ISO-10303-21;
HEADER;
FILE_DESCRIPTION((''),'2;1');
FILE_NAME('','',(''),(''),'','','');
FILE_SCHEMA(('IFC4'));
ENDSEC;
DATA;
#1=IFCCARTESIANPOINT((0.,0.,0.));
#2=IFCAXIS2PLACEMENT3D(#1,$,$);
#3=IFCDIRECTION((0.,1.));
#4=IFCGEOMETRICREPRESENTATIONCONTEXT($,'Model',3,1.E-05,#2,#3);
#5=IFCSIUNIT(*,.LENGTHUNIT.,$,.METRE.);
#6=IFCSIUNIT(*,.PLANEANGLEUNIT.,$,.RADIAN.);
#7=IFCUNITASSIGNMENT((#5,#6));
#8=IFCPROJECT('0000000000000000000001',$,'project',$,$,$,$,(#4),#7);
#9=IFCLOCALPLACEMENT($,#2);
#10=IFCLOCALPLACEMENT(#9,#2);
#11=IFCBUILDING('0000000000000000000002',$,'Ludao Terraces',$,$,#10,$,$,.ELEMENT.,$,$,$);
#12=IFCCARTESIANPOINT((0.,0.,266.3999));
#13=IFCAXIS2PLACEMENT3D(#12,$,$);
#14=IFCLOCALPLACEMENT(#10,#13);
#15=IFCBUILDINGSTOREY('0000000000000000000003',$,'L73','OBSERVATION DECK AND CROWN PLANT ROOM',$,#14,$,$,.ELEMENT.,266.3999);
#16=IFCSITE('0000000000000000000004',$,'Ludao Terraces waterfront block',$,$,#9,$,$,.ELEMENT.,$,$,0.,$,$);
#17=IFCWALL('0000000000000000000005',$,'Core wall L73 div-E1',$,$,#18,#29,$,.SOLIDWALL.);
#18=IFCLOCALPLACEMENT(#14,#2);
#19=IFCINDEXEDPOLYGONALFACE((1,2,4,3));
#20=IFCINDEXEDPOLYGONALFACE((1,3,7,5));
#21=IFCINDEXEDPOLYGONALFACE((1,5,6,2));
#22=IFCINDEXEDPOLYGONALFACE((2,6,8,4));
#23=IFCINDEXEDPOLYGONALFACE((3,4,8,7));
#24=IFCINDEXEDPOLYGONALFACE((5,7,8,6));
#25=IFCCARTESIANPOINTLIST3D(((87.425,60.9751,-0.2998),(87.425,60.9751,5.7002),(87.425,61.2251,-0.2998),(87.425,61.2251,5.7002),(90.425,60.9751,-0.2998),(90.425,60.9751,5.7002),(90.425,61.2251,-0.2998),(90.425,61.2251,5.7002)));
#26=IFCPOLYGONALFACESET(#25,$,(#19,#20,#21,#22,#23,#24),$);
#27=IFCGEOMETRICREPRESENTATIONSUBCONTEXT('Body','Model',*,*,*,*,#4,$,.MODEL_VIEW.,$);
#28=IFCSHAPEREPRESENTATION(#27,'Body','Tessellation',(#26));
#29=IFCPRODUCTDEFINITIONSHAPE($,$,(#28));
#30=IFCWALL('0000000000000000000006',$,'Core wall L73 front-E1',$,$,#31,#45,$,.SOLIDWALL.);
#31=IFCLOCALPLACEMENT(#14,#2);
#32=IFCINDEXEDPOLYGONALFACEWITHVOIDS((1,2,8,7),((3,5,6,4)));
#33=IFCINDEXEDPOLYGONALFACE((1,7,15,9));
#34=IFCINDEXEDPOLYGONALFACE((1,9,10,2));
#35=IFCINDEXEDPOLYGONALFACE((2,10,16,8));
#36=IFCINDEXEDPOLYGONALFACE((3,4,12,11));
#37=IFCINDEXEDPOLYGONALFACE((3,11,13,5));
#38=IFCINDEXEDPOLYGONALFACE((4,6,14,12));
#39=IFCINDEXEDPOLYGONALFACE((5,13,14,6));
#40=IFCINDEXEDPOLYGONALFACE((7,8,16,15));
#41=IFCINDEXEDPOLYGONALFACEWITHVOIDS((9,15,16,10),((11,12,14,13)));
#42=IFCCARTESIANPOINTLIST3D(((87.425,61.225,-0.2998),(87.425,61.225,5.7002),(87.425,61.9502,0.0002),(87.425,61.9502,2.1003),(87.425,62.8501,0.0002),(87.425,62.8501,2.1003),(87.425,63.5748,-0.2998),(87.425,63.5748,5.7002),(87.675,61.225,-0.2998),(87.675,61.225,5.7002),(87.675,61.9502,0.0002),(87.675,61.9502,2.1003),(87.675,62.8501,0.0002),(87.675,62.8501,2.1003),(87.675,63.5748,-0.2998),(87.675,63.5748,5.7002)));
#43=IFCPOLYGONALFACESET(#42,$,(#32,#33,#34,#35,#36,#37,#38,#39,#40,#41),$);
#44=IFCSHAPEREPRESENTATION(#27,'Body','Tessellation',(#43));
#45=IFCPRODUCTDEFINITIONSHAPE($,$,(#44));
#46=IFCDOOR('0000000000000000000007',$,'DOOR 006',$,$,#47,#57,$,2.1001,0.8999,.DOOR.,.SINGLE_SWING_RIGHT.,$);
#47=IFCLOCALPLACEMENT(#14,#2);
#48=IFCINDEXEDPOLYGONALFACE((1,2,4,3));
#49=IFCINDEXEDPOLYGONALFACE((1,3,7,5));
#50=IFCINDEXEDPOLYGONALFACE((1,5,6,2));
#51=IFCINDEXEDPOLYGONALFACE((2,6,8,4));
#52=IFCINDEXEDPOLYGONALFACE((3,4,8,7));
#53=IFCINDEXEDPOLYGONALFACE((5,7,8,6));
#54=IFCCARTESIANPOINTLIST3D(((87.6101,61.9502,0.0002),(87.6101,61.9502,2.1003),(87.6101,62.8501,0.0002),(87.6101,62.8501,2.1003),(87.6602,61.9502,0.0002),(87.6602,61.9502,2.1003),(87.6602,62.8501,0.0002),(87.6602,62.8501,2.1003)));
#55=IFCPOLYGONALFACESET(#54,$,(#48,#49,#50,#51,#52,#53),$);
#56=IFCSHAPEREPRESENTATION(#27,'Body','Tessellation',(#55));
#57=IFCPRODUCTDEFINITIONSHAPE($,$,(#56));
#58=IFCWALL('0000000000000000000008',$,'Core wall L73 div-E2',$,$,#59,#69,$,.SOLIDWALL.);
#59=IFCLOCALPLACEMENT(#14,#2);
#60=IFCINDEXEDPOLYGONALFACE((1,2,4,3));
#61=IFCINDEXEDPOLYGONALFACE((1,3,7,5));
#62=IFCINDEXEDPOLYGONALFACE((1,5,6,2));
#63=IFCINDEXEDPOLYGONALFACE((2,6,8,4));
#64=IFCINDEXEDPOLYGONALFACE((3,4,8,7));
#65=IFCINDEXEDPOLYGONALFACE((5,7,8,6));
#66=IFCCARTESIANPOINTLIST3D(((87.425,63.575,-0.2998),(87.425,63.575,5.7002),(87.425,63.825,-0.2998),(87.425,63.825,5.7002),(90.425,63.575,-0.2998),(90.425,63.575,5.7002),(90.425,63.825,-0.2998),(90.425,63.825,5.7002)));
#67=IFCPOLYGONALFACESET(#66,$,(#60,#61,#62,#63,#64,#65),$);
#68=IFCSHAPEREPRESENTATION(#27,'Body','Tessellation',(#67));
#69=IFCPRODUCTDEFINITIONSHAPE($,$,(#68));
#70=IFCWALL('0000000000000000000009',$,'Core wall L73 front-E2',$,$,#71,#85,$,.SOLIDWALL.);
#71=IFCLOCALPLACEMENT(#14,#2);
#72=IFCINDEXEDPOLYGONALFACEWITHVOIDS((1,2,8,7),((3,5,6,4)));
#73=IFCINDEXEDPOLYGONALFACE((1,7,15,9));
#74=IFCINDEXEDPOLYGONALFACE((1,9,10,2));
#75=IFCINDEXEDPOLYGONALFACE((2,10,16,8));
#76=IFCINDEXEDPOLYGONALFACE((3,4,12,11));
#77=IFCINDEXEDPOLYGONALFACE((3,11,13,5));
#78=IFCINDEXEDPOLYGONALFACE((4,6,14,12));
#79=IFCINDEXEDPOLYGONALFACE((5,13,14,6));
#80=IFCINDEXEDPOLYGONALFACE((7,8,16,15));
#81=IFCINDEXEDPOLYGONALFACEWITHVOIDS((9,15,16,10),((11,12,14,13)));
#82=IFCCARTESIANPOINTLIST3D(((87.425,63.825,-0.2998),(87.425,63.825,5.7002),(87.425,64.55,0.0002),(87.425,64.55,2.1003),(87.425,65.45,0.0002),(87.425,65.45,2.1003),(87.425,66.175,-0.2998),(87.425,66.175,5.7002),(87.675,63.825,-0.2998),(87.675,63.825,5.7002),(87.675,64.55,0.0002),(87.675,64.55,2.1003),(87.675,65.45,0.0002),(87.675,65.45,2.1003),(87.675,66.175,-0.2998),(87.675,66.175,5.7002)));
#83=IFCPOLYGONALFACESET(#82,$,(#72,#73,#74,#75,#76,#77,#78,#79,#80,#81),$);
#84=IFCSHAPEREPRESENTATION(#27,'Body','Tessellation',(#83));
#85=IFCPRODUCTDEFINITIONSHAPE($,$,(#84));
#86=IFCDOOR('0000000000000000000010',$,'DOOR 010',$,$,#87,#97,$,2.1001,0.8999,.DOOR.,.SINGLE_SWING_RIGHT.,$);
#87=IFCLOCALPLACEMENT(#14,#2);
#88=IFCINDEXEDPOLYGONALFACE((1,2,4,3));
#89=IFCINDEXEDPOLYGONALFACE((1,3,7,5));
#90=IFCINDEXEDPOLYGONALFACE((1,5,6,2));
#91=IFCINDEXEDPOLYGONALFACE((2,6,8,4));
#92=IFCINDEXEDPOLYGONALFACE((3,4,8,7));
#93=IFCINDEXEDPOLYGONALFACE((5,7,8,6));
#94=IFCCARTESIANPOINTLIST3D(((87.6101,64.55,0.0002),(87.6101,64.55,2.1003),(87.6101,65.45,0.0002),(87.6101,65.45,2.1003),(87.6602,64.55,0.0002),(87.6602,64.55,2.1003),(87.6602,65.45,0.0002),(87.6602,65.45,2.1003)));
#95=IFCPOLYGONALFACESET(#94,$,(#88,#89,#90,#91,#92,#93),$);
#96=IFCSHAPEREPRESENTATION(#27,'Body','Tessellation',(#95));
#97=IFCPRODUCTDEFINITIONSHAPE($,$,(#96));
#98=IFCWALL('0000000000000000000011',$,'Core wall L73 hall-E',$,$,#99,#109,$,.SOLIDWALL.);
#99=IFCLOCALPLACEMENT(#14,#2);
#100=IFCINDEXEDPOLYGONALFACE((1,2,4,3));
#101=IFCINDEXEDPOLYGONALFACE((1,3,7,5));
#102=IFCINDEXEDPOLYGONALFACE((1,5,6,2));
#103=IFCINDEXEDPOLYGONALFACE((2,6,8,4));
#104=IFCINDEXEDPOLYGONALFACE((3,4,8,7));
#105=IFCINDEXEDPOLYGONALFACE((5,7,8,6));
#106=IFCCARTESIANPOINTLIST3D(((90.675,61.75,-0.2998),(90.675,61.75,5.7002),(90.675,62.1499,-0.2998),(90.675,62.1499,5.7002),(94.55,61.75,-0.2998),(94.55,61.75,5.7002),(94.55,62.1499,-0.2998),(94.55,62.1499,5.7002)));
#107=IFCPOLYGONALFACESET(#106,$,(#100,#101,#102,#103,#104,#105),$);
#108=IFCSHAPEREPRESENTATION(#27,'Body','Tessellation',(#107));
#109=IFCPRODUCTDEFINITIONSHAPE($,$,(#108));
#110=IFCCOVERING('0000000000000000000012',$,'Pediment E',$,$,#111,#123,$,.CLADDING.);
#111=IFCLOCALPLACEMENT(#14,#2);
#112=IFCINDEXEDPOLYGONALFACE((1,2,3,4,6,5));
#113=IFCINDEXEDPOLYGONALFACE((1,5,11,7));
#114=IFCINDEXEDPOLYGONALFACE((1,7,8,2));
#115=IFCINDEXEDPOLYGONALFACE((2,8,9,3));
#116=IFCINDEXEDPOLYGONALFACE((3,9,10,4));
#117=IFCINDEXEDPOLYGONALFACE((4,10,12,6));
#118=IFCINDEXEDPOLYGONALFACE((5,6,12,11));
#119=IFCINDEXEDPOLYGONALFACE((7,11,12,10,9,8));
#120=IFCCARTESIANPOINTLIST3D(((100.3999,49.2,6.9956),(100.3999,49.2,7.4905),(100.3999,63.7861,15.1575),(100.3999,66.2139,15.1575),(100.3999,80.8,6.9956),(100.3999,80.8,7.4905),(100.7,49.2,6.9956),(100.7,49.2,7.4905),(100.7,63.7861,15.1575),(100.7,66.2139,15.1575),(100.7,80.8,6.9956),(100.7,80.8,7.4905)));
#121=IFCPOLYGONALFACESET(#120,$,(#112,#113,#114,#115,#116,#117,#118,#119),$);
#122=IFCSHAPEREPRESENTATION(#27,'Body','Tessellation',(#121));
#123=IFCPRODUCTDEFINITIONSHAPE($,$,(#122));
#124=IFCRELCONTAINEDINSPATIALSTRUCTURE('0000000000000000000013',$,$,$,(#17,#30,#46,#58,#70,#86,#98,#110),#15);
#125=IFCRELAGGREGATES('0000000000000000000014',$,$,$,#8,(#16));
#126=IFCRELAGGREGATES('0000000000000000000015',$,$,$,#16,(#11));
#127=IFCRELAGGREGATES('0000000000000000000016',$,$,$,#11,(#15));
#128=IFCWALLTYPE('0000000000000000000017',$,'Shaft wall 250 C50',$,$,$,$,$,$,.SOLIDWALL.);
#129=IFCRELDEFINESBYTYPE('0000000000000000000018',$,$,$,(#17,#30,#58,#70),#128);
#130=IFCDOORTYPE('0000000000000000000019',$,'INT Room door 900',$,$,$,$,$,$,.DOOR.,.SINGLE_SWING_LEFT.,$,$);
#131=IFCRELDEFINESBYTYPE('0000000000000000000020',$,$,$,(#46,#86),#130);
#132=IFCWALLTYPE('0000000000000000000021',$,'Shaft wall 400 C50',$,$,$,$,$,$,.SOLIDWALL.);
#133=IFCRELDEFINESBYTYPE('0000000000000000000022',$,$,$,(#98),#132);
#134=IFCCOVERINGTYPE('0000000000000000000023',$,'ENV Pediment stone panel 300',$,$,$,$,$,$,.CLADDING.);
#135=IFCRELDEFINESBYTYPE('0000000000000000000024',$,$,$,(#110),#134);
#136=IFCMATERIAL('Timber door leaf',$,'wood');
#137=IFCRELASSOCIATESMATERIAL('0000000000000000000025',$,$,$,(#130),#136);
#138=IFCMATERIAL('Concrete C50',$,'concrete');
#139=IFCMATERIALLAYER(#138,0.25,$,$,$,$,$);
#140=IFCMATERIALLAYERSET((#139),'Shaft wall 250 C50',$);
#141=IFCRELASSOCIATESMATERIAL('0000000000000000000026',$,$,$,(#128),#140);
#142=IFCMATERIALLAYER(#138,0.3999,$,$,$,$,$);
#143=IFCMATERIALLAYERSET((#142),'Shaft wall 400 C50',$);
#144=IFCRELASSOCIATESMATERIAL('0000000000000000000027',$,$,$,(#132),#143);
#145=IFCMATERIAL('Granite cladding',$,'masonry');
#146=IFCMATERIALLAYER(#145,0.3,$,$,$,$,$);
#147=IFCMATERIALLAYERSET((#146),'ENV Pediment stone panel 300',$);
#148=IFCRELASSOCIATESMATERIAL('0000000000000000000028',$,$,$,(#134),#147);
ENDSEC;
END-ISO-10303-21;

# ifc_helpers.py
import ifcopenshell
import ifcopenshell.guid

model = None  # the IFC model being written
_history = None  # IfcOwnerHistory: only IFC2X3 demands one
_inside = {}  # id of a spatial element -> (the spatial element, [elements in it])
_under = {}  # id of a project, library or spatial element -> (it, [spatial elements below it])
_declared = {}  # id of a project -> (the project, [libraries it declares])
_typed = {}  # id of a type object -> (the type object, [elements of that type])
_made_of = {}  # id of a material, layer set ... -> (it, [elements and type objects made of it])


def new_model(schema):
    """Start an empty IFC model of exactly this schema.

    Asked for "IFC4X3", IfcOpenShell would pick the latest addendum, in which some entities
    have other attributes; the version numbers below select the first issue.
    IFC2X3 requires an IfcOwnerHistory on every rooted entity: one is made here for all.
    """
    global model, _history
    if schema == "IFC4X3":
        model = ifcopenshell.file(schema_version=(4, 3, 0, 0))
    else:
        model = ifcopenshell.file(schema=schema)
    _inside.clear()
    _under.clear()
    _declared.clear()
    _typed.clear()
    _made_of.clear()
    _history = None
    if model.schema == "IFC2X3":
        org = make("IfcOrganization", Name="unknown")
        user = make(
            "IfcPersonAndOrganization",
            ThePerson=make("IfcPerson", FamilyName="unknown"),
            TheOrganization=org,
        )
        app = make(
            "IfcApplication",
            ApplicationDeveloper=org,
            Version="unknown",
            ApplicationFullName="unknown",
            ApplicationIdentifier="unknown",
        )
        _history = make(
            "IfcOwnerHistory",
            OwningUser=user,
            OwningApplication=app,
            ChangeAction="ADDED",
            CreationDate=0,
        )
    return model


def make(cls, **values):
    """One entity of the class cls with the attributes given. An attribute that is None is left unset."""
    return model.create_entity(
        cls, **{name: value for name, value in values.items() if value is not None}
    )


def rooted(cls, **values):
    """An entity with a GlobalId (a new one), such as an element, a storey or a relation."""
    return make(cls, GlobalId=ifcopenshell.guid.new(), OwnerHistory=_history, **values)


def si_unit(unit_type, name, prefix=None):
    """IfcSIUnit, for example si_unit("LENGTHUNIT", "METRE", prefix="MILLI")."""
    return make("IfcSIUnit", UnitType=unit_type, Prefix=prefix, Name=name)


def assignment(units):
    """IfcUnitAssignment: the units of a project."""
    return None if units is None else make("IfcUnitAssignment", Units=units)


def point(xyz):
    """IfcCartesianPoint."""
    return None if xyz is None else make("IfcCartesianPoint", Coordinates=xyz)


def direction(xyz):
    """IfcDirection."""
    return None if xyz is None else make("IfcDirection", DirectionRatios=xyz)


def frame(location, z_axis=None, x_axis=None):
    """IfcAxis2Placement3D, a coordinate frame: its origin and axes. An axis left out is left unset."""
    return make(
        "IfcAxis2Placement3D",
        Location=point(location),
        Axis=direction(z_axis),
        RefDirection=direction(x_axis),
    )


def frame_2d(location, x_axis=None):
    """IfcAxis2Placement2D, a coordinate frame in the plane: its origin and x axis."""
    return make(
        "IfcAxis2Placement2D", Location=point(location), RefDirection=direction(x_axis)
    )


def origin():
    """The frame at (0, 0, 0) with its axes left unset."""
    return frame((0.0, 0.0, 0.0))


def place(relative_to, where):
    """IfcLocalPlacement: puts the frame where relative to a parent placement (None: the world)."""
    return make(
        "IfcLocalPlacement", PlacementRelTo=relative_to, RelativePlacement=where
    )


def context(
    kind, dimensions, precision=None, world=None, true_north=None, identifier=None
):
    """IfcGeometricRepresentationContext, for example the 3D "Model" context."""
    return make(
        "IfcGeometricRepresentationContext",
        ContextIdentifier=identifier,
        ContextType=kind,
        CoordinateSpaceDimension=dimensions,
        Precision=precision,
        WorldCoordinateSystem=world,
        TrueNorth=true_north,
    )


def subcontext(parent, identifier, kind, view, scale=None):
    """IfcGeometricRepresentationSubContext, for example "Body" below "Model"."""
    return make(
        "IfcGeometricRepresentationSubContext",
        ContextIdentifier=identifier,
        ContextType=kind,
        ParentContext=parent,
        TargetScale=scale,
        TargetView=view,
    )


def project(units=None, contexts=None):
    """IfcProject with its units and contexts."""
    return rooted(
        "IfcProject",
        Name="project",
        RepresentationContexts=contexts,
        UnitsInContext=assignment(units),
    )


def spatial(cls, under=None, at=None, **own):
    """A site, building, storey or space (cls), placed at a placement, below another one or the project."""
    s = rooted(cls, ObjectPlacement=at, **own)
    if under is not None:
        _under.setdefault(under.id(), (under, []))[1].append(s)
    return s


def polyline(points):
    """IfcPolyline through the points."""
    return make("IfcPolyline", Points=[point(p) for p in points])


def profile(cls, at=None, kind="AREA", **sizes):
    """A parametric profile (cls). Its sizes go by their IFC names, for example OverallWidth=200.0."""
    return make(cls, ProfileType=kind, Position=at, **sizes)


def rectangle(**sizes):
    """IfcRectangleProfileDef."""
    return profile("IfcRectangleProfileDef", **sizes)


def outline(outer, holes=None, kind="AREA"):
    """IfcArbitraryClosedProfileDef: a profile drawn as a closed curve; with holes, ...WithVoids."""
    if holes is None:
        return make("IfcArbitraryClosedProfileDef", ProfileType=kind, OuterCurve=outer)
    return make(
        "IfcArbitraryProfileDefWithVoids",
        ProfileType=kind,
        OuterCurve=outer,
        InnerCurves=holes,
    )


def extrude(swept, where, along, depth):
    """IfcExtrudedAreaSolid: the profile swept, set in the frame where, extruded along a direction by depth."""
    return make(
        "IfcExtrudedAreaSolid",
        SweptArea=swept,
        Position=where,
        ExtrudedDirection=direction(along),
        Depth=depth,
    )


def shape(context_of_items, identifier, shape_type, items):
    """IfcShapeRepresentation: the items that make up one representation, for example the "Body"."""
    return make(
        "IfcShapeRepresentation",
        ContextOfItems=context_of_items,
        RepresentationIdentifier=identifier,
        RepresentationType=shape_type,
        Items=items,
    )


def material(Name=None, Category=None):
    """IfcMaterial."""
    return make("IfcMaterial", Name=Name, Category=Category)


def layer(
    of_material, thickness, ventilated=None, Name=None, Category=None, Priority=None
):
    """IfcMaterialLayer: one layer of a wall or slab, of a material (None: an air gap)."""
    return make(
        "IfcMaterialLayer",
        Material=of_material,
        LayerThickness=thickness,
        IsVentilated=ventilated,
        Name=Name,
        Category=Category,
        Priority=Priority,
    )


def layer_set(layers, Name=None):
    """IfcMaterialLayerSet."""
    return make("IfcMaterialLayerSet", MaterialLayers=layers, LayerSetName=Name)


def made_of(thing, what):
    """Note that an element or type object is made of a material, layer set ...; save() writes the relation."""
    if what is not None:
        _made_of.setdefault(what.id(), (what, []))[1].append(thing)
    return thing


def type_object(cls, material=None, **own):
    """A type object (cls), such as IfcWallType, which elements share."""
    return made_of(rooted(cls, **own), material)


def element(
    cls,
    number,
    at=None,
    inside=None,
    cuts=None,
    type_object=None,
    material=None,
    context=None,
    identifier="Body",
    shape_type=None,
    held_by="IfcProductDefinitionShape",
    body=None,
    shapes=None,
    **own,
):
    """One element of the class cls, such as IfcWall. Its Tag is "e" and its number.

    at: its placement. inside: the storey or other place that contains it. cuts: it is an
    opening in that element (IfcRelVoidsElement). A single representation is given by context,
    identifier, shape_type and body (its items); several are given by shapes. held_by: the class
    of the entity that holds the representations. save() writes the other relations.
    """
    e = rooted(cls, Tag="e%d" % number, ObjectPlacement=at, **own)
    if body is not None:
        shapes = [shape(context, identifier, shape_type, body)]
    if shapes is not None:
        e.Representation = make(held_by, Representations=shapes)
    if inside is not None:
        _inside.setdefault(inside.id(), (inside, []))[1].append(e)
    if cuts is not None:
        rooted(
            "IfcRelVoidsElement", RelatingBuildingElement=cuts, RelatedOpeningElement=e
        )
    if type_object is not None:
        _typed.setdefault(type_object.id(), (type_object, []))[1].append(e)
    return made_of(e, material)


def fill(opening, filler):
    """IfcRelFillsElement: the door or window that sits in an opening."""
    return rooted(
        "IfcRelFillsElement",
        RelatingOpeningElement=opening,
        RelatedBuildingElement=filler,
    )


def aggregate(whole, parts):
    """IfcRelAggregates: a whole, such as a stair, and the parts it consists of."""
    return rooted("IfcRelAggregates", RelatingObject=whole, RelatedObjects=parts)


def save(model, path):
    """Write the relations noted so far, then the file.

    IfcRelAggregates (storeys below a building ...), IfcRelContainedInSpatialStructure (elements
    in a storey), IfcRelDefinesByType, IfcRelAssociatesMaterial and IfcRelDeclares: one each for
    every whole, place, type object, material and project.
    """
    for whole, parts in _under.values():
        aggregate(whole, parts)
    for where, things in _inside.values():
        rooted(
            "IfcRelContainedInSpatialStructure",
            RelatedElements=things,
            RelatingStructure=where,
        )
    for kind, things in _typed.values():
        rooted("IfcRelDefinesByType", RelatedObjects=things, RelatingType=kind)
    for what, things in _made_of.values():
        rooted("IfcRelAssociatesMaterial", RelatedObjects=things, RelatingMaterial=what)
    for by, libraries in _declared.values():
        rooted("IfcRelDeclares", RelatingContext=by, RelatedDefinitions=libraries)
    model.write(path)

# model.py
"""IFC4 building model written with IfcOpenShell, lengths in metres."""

from ifc_helpers import new_model, si_unit, direction, frame, frame_2d, origin, place, context, subcontext, project, spatial, polyline, rectangle, outline, extrude, material, layer, layer_set, type_object, element, fill, save


model = new_model("IFC4")

# Units and contexts
model_context = context("Model", 3, precision=1e-05, world=origin(), true_north=direction((0.0, 1.0)))
body_context = subcontext(model_context, "Body", "Model", "MODEL_VIEW")
ifc_project = project(units=[si_unit("LENGTHUNIT", "METRE"), si_unit("PLANEANGLEUNIT", "RADIAN")], contexts=[model_context])

# Site, building, storey
site_placement = place(None, origin())
site = spatial("IfcSite", under=ifc_project, at=site_placement, Name="Ludao Terraces waterfront block", CompositionType="ELEMENT", RefElevation=0.0)
building_placement = place(site_placement, origin())
building = spatial("IfcBuilding", under=site, at=building_placement, Name="Ludao Terraces", CompositionType="ELEMENT")
storey_placement = place(building_placement, frame((0.0, 0.0, 266.3999)))
storey = spatial("IfcBuildingStorey", under=building, at=storey_placement, Name="L73", Description="OBSERVATION DECK AND CROWN PLANT ROOM", CompositionType="ELEMENT", Elevation=266.3999)

# Shared definitions
ifc_material_1 = material(Name="Concrete C50", Category="concrete")

# Shared definitions
ifc_material_2 = material(Name="Timber door leaf", Category="wood")
door_type_1 = type_object("IfcDoorType", Name="INT Room door 900", OperationType="SINGLE_SWING_LEFT", PredefinedType="DOOR", material=ifc_material_2)

# Shared definitions
ifc_layer_1 = layer(ifc_material_1, 0.25)
ifc_layer_set_1 = layer_set([ifc_layer_1], Name="Shaft wall 250 C50")
wall_type_1 = type_object("IfcWallType", Name="Shaft wall 250 C50", PredefinedType="SOLIDWALL", material=ifc_layer_set_1)

# Wall
wall_1_placement = place(storey_placement, frame((87.425, 61.1001, -0.2998), z_axis=(0.0, 0.0, 1.0), x_axis=(1.0, 0.0, 0.0)))
element("IfcWall", 1, at=wall_1_placement, inside=storey, type_object=wall_type_1, Name="Core wall L73 div-E1", PredefinedType="SOLIDWALL", context=body_context, shape_type="SweptSolid", body=[
    extrude(rectangle(XDim=3.0, YDim=0.25, at=frame_2d((1.5, 0.0))), origin(), (0.0, 0.0, 1.0), 6.0),
])

# Wall, opening, door
wall_2_placement = place(storey_placement, frame((87.55, 61.2251, -0.2998), z_axis=(0.0, 0.0, 1.0), x_axis=(0.0, 1.0, 0.0)))
wall_2 = element("IfcWall", 2, at=wall_2_placement, inside=storey, type_object=wall_type_1, Name="Core wall L73 front-E1", PredefinedType="SOLIDWALL", context=body_context, shape_type="SweptSolid", body=[
    extrude(rectangle(XDim=2.3499, YDim=0.25, at=frame_2d((1.1748, 0.0))), origin(), (0.0, 0.0, 1.0), 6.0),
])
opening_1_placement = place(wall_2_placement, frame((0.7251, 0.0, 0.3)))
opening_1 = element("IfcOpeningElement", 3, at=opening_1_placement, cuts=wall_2, PredefinedType="OPENING", context=body_context, shape_type="SweptSolid", body=[
    extrude(rectangle(XDim=0.8999, YDim=2.1001, at=frame_2d((0.45, 1.05))), frame((0.0, 0.135, 0.0), z_axis=(0.0, -1.0, 0.0), x_axis=(1.0, 0.0, 0.0)), (0.0, 0.0, 1.0), 0.27),
])
door_1_placement = place(opening_1_placement, origin())
door_1 = element("IfcDoor", 4, at=door_1_placement, inside=storey, type_object=door_type_1, Name="DOOR 006", OperationType="SINGLE_SWING_RIGHT", OverallHeight=2.1001, OverallWidth=0.8999, PredefinedType="DOOR", context=body_context, shape_type="SweptSolid", body=[
    extrude(rectangle(XDim=0.8999, YDim=2.1001, at=frame_2d((0.45, 1.05))), frame((0.0, -0.0601, 0.0), z_axis=(0.0, -1.0, 0.0), x_axis=(1.0, 0.0, 0.0)), (0.0, 0.0, 1.0), 0.05),
])
fill(opening_1, door_1)

# Wall
wall_3_placement = place(storey_placement, frame((87.425, 63.7, -0.2998), z_axis=(0.0, 0.0, 1.0), x_axis=(1.0, 0.0, 0.0)))
element("IfcWall", 5, at=wall_3_placement, inside=storey, type_object=wall_type_1, Name="Core wall L73 div-E2", PredefinedType="SOLIDWALL", context=body_context, shape_type="SweptSolid", body=[
    extrude(rectangle(XDim=3.0, YDim=0.25, at=frame_2d((1.5, 0.0))), origin(), (0.0, 0.0, 1.0), 6.0),
])

# Wall, opening, door
wall_4_placement = place(storey_placement, frame((87.55, 63.825, -0.2998), z_axis=(0.0, 0.0, 1.0), x_axis=(0.0, 1.0, 0.0)))
wall_4 = element("IfcWall", 6, at=wall_4_placement, inside=storey, type_object=wall_type_1, Name="Core wall L73 front-E2", PredefinedType="SOLIDWALL", context=body_context, shape_type="SweptSolid", body=[
    extrude(rectangle(XDim=2.3501, YDim=0.25, at=frame_2d((1.175, 0.0))), origin(), (0.0, 0.0, 1.0), 6.0),
])
opening_2_placement = place(wall_4_placement, frame((0.7251, 0.0, 0.3)))
opening_2 = element("IfcOpeningElement", 7, at=opening_2_placement, cuts=wall_4, PredefinedType="OPENING", context=body_context, shape_type="SweptSolid", body=[
    extrude(rectangle(XDim=0.8999, YDim=2.1001, at=frame_2d((0.45, 1.05))), frame((0.0, 0.135, 0.0), z_axis=(0.0, -1.0, 0.0), x_axis=(1.0, 0.0, 0.0)), (0.0, 0.0, 1.0), 0.27),
])
door_2_placement = place(opening_2_placement, origin())
door_2 = element("IfcDoor", 8, at=door_2_placement, inside=storey, type_object=door_type_1, Name="DOOR 010", OperationType="SINGLE_SWING_RIGHT", OverallHeight=2.1001, OverallWidth=0.8999, PredefinedType="DOOR", context=body_context, shape_type="SweptSolid", body=[
    extrude(rectangle(XDim=0.8999, YDim=2.1001, at=frame_2d((0.45, 1.05))), frame((0.0, -0.0601, 0.0), z_axis=(0.0, -1.0, 0.0), x_axis=(1.0, 0.0, 0.0)), (0.0, 0.0, 1.0), 0.05),
])
fill(opening_2, door_2)

# Wall
ifc_layer_2 = layer(ifc_material_1, 0.3999)
ifc_layer_set_2 = layer_set([ifc_layer_2], Name="Shaft wall 400 C50")
wall_type_2 = type_object("IfcWallType", Name="Shaft wall 400 C50", PredefinedType="SOLIDWALL", material=ifc_layer_set_2)
wall_5_placement = place(storey_placement, frame((90.675, 61.95, -0.2998), z_axis=(0.0, 0.0, 1.0), x_axis=(1.0, 0.0, 0.0)))
element("IfcWall", 9, at=wall_5_placement, inside=storey, type_object=wall_type_2, Name="Core wall L73 hall-E", PredefinedType="SOLIDWALL", context=body_context, shape_type="SweptSolid", body=[
    extrude(rectangle(XDim=3.875, YDim=0.3999, at=frame_2d((1.9375, 0.0))), origin(), (0.0, 0.0, 1.0), 6.0),
])

# Covering
ifc_material_3 = material(Name="Granite cladding", Category="masonry")
ifc_layer_3 = layer(ifc_material_3, 0.3)
ifc_layer_set_3 = layer_set([ifc_layer_3], Name="ENV Pediment stone panel 300")
covering_type = type_object("IfcCoveringType", Name="ENV Pediment stone panel 300", PredefinedType="CLADDING", material=ifc_layer_set_3)
covering_placement = place(storey_placement, frame((100.7, 49.2, 6.9956), z_axis=(1.0, 0.0, 0.0), x_axis=(0.0, 1.0, 0.0)))
element("IfcCovering", 10, at=covering_placement, inside=storey, type_object=covering_type, Name="Pediment E", PredefinedType="CLADDING", context=body_context, shape_type="SweptSolid", body=[
    extrude(outline(polyline([(0.0, 0.0), (31.6001, 0.0), (31.6001, 0.4949), (17.0139, 8.1619), (14.5862, 8.1619), (0.0, 0.4949), (0.0, 0.0)])), origin(), (0.0, 0.0, -1.0), 0.3),
])

save(model, "model.ifc")
